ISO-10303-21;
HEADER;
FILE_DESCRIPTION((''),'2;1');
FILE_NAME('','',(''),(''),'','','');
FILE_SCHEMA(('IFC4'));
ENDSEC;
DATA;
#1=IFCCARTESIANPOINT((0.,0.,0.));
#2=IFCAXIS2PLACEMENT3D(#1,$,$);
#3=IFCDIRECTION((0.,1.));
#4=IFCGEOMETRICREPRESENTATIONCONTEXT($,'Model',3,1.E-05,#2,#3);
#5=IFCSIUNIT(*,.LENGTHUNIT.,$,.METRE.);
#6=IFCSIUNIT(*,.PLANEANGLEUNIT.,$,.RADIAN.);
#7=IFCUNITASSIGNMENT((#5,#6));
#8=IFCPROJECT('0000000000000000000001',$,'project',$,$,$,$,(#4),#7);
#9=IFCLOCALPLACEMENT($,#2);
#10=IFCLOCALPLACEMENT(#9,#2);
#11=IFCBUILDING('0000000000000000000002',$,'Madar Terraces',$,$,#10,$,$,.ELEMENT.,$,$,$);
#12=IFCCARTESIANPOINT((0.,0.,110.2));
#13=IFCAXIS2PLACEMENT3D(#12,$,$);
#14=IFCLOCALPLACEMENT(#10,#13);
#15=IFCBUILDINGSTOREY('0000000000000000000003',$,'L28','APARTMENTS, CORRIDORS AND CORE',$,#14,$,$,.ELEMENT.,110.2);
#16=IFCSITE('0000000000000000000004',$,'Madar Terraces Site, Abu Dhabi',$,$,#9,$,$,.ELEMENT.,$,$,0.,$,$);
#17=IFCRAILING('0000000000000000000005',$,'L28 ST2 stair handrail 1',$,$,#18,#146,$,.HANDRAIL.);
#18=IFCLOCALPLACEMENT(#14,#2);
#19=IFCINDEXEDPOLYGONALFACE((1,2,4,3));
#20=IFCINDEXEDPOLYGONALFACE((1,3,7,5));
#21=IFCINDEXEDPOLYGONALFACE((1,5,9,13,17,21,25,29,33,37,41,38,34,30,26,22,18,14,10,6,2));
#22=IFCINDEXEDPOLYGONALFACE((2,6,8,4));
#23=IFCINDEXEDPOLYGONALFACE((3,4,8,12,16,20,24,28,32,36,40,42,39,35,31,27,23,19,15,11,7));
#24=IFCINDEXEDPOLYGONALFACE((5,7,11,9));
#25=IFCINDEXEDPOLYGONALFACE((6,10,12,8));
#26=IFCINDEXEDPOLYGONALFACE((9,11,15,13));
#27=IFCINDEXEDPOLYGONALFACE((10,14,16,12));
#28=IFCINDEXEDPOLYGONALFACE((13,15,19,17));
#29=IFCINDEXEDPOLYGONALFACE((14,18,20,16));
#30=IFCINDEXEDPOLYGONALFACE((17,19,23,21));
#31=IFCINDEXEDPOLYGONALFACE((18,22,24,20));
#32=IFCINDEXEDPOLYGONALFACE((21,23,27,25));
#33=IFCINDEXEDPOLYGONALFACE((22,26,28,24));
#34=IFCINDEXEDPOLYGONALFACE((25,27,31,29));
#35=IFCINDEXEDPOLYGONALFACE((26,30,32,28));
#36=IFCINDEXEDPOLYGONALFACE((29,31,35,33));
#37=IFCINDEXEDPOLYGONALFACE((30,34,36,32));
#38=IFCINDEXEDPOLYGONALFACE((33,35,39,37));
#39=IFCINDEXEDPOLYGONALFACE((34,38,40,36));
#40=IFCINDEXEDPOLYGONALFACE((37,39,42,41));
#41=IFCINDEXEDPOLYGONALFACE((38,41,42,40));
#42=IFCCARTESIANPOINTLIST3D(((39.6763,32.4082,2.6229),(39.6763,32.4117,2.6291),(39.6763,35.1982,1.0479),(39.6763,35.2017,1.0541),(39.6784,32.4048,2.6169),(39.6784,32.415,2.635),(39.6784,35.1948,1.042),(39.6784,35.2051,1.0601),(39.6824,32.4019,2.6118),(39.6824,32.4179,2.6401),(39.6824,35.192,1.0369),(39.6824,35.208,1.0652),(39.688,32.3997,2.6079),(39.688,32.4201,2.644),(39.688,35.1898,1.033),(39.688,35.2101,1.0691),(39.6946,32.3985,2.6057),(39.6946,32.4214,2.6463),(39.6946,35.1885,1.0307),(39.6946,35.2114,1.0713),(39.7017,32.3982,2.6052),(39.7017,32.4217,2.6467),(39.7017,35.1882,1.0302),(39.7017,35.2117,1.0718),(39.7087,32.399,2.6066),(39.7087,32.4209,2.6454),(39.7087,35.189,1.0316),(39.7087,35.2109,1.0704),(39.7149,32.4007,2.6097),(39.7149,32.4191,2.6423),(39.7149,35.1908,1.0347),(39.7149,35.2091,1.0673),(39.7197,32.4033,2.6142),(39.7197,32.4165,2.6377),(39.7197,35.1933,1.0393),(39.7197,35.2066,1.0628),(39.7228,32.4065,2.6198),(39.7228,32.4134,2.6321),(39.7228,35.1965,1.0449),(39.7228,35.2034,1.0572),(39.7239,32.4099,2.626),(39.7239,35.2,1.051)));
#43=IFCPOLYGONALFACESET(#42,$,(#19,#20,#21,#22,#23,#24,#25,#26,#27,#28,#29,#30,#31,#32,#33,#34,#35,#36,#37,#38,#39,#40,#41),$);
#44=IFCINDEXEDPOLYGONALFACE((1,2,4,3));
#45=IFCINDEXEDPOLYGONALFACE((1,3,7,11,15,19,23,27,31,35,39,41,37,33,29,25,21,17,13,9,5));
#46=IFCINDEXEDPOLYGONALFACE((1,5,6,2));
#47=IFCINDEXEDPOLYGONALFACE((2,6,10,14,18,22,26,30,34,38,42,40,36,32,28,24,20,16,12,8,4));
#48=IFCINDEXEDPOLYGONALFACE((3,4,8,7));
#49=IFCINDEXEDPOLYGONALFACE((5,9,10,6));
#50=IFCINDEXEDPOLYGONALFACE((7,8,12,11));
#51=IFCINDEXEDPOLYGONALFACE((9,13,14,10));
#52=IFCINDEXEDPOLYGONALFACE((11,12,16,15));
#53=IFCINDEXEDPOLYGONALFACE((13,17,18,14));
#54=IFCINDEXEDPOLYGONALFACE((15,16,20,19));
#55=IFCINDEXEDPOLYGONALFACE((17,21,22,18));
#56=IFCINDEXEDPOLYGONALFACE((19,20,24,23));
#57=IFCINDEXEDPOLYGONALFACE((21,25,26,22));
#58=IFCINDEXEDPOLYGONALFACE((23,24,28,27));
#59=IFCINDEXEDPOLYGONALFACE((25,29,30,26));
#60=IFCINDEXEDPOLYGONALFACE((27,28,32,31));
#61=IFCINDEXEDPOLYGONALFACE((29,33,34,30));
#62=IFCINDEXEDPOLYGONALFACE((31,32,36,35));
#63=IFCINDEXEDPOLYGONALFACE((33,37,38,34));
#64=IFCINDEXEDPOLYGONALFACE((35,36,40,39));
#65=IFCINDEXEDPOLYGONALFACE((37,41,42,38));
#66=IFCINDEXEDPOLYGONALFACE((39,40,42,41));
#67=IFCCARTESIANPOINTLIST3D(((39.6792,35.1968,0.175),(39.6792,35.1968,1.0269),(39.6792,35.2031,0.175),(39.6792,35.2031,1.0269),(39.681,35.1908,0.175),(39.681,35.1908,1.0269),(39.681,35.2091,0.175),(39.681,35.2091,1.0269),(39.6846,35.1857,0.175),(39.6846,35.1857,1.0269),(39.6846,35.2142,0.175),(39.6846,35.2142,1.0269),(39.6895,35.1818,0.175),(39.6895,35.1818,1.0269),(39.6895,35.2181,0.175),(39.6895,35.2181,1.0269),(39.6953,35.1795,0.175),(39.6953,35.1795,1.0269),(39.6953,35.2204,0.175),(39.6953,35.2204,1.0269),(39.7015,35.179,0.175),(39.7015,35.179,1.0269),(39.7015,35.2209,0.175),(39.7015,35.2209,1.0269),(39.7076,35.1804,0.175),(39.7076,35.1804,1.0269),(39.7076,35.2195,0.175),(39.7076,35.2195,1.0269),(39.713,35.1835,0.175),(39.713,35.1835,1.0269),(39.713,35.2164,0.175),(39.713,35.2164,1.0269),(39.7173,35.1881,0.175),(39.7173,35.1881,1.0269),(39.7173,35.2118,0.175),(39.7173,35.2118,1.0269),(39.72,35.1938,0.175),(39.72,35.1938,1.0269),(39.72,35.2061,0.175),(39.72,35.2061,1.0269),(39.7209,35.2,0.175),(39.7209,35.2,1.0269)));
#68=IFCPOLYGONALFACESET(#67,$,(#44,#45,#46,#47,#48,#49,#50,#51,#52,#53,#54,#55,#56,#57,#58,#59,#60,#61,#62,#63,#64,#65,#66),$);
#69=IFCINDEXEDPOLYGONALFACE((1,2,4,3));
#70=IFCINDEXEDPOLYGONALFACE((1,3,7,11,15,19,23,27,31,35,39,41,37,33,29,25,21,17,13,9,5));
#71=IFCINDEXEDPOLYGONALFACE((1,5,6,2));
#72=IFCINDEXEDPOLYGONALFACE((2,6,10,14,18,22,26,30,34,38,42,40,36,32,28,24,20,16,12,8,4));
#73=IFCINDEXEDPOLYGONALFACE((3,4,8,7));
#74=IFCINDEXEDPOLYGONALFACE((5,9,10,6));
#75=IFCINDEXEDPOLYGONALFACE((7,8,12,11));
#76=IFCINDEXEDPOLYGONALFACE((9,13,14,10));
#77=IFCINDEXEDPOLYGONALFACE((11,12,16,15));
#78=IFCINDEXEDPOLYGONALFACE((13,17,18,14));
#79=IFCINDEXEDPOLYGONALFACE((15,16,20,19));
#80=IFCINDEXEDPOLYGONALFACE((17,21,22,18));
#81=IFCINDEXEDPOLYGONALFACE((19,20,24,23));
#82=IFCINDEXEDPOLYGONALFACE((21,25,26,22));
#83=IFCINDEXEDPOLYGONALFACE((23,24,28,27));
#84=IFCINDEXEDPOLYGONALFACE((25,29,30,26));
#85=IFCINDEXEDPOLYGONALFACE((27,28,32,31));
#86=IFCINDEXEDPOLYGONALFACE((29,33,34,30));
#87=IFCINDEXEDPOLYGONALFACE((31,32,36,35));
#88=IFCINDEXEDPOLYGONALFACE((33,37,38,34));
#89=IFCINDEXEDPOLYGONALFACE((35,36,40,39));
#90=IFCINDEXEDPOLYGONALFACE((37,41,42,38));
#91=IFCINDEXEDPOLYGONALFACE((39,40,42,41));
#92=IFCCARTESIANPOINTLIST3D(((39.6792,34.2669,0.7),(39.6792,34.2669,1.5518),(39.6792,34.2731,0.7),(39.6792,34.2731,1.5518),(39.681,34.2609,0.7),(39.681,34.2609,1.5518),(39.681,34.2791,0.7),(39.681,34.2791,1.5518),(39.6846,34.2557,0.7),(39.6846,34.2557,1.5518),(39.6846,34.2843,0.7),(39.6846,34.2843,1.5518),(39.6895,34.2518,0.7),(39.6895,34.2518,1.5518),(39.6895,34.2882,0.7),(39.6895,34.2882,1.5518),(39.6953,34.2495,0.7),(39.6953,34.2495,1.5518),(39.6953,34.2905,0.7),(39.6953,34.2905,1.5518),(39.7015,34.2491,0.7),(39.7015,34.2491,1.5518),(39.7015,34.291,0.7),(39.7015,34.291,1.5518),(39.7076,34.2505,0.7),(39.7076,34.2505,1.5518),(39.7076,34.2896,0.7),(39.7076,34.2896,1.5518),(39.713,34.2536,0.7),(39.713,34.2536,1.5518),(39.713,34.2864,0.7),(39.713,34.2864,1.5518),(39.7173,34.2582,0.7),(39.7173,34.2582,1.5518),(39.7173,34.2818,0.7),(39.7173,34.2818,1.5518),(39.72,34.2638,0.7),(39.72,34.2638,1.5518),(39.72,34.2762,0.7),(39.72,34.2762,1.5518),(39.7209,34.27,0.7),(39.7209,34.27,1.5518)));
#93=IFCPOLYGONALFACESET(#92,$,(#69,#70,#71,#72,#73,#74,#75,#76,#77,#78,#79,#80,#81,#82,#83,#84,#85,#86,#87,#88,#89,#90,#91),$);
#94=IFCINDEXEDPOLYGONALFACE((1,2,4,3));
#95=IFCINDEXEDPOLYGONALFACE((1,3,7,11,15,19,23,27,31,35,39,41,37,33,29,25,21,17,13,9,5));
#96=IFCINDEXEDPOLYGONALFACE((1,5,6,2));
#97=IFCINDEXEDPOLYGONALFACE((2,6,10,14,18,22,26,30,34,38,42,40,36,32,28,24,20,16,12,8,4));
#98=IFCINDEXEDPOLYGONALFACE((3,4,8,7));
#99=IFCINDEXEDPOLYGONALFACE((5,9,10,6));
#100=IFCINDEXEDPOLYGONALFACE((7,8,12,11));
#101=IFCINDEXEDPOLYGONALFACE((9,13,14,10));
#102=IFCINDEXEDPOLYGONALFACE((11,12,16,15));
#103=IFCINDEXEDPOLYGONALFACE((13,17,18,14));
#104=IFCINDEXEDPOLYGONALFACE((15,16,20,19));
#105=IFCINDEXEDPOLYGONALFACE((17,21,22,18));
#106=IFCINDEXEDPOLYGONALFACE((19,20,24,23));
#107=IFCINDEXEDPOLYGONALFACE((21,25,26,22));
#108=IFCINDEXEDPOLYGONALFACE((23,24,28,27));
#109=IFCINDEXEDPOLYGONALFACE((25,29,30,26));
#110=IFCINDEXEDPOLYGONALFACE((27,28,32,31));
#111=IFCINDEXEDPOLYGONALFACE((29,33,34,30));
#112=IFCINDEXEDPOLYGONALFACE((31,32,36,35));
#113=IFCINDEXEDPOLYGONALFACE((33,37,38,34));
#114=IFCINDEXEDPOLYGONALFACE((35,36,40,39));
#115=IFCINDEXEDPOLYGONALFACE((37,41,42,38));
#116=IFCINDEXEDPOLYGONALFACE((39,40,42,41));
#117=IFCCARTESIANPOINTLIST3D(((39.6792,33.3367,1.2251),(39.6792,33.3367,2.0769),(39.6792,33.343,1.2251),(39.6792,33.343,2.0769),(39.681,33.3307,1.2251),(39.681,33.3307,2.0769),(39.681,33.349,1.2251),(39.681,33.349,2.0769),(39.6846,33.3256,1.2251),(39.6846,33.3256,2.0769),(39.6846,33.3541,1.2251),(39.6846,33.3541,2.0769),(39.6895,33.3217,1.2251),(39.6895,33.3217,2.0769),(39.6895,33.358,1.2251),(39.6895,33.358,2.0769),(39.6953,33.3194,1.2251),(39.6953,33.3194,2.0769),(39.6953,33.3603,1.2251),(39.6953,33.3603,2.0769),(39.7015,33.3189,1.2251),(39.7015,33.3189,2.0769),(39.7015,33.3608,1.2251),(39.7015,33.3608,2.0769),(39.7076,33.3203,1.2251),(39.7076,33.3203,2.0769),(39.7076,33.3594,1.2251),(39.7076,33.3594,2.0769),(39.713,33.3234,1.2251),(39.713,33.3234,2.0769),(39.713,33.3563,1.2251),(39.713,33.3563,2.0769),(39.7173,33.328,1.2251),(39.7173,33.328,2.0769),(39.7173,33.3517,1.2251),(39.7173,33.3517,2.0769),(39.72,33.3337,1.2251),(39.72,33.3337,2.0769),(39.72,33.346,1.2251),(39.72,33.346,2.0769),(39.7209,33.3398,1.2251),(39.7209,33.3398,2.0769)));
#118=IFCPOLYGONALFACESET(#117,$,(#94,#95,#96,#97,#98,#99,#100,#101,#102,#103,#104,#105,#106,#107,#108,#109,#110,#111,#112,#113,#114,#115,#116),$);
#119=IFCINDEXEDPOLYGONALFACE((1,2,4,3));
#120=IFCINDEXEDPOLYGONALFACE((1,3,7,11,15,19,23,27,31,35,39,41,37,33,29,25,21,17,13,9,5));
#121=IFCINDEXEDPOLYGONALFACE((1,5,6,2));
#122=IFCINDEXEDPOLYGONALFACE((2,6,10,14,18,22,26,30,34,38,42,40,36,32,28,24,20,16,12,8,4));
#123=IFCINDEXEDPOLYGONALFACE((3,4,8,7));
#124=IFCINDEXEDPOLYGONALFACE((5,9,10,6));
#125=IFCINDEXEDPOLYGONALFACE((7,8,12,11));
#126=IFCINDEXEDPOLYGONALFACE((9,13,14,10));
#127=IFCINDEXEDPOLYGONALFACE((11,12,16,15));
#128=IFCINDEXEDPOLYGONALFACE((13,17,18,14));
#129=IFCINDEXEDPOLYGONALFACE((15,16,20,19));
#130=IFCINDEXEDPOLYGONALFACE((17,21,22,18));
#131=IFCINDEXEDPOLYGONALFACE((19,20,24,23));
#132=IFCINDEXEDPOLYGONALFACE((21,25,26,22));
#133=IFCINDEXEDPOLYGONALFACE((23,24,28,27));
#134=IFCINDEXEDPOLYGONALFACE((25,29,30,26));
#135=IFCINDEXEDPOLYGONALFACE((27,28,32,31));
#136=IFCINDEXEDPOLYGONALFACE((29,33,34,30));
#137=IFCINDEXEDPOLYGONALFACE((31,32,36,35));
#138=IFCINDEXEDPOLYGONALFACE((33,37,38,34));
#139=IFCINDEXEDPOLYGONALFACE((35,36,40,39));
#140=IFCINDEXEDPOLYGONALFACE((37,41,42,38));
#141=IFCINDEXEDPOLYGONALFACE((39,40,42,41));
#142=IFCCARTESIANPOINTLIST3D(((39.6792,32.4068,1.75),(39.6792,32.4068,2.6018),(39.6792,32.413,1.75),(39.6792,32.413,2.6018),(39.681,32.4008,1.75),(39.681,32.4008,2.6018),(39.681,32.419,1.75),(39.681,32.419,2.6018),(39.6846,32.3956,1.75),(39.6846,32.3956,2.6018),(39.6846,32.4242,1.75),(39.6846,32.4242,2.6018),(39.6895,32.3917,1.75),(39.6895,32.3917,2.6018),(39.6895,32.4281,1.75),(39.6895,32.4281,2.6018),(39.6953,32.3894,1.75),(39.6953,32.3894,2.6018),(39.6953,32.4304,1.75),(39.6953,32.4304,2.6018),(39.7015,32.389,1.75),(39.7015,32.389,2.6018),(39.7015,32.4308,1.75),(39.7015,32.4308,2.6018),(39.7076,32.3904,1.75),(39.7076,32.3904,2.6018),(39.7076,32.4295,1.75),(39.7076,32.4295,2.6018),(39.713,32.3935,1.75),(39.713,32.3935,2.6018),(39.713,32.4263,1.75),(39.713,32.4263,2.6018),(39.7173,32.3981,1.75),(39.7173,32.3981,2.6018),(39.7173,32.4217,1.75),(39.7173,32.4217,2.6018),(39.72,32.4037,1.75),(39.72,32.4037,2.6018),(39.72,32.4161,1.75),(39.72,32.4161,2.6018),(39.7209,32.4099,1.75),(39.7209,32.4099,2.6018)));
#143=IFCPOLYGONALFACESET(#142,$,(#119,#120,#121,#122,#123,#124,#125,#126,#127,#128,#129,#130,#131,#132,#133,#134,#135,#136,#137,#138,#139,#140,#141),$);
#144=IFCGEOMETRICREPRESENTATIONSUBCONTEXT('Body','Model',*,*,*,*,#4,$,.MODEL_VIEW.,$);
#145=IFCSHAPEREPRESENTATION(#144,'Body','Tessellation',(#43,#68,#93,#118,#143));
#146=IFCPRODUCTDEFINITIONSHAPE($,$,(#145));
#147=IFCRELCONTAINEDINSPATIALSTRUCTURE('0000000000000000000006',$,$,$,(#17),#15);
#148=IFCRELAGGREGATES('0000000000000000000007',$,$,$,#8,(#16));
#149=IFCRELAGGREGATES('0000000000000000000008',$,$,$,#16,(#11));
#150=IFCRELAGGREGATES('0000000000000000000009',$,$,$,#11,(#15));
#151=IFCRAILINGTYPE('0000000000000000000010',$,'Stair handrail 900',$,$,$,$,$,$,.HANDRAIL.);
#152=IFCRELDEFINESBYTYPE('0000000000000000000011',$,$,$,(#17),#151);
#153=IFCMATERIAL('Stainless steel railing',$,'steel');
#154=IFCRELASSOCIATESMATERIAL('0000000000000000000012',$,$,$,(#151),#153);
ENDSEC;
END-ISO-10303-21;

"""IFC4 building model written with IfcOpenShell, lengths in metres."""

from ifc_helpers import new_model, si_unit, direction, frame, origin, origin_2d, place, context, subcontext, project, spatial, circle, extrude, material, type_object, element, save


model = new_model("IFC4")

# Units and contexts
model_context = context("Model", 3, precision=1e-05, world=origin(), true_north=direction((0.0, 1.0)))
body_context = subcontext(model_context, "Body", "Model", "MODEL_VIEW")
ifc_project = project(units=[si_unit("LENGTHUNIT", "METRE"), si_unit("PLANEANGLEUNIT", "RADIAN")], contexts=[model_context])

# Site, building, storey
site_placement = place(None, origin())
site = spatial("IfcSite", under=ifc_project, at=site_placement, Name="Madar Terraces Site, Abu Dhabi", CompositionType="ELEMENT", RefElevation=0.0)
building_placement = place(site_placement, origin())
building = spatial("IfcBuilding", under=site, at=building_placement, Name="Madar Terraces", CompositionType="ELEMENT")
storey_placement = place(building_placement, frame((0.0, 0.0, 110.2)))
storey = spatial("IfcBuildingStorey", under=building, at=storey_placement, Name="L28", Description="APARTMENTS, CORRIDORS AND CORE", CompositionType="ELEMENT", Elevation=110.2)

# Railing
ifc_material_1 = material(Name="Stainless steel railing", Category="steel")
railing_type_1 = type_object("IfcRailingType", Name="Stair handrail 900", PredefinedType="HANDRAIL", material=ifc_material_1)
railing_1_placement = place(storey_placement, frame((39.7, 35.2, 0.175)))
element("IfcRailing", 1, at=railing_1_placement, inside=storey, type_object=railing_type_1, Name="L28 ST2 stair handrail 1", PredefinedType="HANDRAIL", context=body_context, shape_type="SweptSolid", body=[
    extrude(circle(Radius=0.0239, at=origin_2d()), frame((0.0, 0.0, 0.876), z_axis=(0.0, -0.870834, 0.491578), x_axis=(1.0, 0.0, 0.0)), (0.0, 0.0, 1.0), 3.2039),
    extrude(circle(Radius=0.021, at=origin_2d()), origin(), (0.0, 0.0, 1.0), 0.8518),
    extrude(circle(Radius=0.021, at=origin_2d()), frame((0.0, -0.9299, 0.5249)), (0.0, 0.0, 1.0), 0.8518),
    extrude(circle(Radius=0.021, at=origin_2d()), frame((0.0, -1.8601, 1.05)), (0.0, 0.0, 1.0), 0.8518),
    extrude(circle(Radius=0.021, at=origin_2d()), frame((0.0, -2.79, 1.575)), (0.0, 0.0, 1.0), 0.8518),
])

save(model, "model.ifc")
